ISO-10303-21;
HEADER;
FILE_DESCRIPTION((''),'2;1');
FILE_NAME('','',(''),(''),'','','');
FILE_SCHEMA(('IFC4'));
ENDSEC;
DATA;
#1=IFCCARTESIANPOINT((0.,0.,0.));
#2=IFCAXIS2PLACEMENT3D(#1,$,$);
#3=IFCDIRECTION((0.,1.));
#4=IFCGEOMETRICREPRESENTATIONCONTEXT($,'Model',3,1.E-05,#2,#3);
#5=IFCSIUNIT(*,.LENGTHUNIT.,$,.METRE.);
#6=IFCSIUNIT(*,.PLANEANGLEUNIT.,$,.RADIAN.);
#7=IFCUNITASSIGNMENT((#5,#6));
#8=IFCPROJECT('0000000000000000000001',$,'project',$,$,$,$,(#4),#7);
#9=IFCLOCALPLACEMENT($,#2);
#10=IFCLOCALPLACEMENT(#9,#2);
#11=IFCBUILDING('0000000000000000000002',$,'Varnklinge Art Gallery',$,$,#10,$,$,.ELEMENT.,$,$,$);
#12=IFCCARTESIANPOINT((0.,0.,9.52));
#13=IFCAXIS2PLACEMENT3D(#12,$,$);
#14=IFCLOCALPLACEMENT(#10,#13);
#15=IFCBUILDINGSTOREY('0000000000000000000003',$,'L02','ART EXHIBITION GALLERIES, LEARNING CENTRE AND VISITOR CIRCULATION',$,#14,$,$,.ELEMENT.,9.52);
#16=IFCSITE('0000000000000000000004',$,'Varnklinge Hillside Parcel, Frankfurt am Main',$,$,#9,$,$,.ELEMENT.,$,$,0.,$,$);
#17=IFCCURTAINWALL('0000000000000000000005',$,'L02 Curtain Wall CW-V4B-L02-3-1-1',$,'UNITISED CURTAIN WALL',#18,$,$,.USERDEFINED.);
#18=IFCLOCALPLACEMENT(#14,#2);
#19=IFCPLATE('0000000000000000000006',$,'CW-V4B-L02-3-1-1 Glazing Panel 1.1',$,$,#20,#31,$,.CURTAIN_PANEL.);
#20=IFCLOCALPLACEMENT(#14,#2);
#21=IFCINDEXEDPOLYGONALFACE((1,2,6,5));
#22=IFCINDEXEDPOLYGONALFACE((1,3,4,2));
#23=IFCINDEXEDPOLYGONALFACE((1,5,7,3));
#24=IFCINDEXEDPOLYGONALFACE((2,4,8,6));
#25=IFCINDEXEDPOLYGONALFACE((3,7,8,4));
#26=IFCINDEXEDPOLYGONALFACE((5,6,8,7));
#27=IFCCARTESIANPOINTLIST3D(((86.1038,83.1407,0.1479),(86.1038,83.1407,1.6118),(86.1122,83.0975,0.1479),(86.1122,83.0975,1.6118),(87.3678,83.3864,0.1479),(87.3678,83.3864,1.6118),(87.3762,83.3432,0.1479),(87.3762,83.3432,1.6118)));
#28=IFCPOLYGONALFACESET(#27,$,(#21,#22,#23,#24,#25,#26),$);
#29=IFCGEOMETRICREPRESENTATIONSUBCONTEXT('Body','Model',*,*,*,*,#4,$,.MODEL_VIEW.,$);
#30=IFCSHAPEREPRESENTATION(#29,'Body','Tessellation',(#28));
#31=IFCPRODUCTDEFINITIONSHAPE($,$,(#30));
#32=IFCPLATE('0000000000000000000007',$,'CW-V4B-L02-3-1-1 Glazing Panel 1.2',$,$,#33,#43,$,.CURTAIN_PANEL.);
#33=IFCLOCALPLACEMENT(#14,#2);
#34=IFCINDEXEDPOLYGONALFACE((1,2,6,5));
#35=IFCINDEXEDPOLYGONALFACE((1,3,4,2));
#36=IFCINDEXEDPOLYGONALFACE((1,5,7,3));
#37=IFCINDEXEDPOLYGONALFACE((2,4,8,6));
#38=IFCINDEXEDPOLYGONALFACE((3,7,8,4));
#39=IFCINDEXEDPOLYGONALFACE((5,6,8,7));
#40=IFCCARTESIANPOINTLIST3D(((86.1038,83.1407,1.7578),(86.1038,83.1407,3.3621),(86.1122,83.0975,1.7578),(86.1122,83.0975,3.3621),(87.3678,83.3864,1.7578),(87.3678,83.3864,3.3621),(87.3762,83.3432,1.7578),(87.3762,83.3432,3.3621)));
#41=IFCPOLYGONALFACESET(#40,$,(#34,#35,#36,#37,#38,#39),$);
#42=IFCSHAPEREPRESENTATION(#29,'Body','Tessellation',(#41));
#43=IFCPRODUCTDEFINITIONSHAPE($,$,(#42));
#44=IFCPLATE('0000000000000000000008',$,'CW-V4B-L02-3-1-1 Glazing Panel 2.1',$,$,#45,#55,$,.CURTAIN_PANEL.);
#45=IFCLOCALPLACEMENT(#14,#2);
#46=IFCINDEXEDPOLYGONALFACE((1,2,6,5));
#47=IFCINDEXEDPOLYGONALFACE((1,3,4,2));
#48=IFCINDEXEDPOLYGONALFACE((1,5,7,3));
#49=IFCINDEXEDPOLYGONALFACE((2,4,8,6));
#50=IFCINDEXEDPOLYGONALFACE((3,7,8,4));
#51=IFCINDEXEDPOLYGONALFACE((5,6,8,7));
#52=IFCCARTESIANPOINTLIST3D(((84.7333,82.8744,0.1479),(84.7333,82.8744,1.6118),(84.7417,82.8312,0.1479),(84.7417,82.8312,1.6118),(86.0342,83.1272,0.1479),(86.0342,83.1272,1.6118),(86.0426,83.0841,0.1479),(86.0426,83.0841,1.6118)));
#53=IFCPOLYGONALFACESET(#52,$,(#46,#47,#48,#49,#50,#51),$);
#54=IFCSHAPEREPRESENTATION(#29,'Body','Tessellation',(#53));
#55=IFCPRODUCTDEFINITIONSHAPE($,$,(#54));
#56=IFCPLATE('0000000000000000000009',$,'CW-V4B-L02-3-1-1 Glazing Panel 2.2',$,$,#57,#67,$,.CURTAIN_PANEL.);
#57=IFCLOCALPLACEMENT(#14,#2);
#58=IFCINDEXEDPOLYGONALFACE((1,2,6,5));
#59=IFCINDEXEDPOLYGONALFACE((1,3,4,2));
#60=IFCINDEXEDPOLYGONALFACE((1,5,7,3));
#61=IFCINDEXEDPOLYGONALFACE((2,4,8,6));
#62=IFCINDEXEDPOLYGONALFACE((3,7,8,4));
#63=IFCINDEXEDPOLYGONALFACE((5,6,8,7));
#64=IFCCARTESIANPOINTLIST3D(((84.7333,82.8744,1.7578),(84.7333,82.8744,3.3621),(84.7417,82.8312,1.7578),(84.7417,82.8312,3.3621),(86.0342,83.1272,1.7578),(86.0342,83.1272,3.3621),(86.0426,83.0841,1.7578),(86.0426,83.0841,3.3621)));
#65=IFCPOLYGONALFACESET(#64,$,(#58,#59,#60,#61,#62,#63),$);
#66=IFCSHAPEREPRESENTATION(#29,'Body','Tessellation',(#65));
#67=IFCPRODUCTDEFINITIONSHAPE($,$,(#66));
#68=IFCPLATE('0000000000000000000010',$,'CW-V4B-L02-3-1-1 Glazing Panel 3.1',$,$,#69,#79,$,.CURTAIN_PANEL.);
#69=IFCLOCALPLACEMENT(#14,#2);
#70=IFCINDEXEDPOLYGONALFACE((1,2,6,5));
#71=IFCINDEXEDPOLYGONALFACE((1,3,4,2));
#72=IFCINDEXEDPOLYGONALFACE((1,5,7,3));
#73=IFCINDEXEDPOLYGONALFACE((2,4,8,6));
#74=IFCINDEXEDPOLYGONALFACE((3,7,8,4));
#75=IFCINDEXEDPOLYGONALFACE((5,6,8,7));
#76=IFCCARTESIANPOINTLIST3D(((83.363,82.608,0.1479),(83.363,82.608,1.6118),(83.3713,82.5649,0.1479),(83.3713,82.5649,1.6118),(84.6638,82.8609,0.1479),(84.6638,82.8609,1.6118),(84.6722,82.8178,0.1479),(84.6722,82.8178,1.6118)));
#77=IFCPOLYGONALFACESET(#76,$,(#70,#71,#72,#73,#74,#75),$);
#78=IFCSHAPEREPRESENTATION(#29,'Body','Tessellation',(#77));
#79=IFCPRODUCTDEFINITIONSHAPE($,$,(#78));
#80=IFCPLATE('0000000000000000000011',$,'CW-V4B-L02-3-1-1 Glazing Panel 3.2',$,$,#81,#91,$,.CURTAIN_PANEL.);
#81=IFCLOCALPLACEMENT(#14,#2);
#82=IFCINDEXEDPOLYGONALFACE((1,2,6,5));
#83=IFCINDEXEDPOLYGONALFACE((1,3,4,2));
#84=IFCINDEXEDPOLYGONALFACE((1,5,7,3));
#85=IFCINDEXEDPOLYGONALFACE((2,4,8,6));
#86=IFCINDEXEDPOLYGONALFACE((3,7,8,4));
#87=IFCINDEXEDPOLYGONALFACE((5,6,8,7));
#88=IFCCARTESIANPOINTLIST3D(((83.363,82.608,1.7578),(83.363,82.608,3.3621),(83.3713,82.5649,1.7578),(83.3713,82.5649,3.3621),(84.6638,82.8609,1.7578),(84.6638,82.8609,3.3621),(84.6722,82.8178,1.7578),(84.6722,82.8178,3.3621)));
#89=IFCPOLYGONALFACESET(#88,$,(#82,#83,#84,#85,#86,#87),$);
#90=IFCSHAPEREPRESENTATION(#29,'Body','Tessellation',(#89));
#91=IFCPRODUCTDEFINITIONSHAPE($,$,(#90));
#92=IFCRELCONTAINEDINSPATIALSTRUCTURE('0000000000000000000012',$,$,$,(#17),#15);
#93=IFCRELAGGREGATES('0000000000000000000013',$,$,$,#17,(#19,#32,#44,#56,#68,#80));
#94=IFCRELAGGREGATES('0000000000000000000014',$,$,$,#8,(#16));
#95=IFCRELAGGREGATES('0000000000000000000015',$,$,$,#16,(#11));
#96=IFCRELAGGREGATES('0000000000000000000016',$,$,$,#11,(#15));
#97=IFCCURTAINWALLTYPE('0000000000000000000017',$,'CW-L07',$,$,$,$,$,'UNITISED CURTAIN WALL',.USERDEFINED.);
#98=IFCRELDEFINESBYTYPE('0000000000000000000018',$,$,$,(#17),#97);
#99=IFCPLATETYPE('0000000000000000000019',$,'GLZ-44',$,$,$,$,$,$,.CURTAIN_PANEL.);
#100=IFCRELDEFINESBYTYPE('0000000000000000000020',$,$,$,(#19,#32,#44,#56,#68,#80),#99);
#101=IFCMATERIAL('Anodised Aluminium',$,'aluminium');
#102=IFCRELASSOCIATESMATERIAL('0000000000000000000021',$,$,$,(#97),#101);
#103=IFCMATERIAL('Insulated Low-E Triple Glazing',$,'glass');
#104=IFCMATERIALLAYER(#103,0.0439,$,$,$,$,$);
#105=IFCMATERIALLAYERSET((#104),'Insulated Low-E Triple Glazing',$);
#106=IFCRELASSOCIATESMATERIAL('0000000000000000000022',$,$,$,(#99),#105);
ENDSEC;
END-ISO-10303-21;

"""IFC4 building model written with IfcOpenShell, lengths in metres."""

from ifc_helpers import new_model, si_unit, direction, frame, origin, origin_2d, place, context, subcontext, project, spatial, rectangle, extrude, material, layer, layer_set, type_object, element, aggregate, save


model = new_model("IFC4")

# Units and contexts
model_context = context("Model", 3, precision=1e-05, world=origin(), true_north=direction((0.0, 1.0)))
body_context = subcontext(model_context, "Body", "Model", "MODEL_VIEW")
ifc_project = project(units=[si_unit("LENGTHUNIT", "METRE"), si_unit("PLANEANGLEUNIT", "RADIAN")], contexts=[model_context])

# Site, building, storey
site_placement = place(None, origin())
site = spatial("IfcSite", under=ifc_project, at=site_placement, Name="Varnklinge Hillside Parcel, Frankfurt am Main", CompositionType="ELEMENT", RefElevation=0.0)
building_placement = place(site_placement, origin())
building = spatial("IfcBuilding", under=site, at=building_placement, Name="Varnklinge Art Gallery", CompositionType="ELEMENT")
storey_placement = place(building_placement, frame((0.0, 0.0, 9.52)))
storey = spatial("IfcBuildingStorey", under=building, at=storey_placement, Name="L02", Description="ART EXHIBITION GALLERIES, LEARNING CENTRE AND VISITOR CIRCULATION", CompositionType="ELEMENT", Elevation=9.52)

# Shared definitions
ifc_material_1 = material(Name="Anodised Aluminium", Category="aluminium")
curtain_wall_type = type_object("IfcCurtainWallType", Name="CW-L07", ElementType="UNITISED CURTAIN WALL", PredefinedType="USERDEFINED", material=ifc_material_1)

# Curtain wall
curtain_wall_1_placement = place(storey_placement, origin())
curtain_wall_1 = element("IfcCurtainWall", 1, at=curtain_wall_1_placement, inside=storey, type_object=curtain_wall_type, Name="L02 Curtain Wall CW-V4B-L02-3-1-1", ObjectType="UNITISED CURTAIN WALL", PredefinedType="USERDEFINED")

# Plates
ifc_material_2 = material(Name="Insulated Low-E Triple Glazing", Category="glass")
ifc_layer_1 = layer(ifc_material_2, 0.0439)
ifc_layer_set_1 = layer_set([ifc_layer_1], Name="Insulated Low-E Triple Glazing")
plate_type = type_object("IfcPlateType", Name="GLZ-44", PredefinedType="CURTAIN_PANEL", material=ifc_layer_set_1)
plate_1_placement = place(storey_placement, frame((86.74, 83.2419, 0.1479), z_axis=(0.0, 0.0, 1.0), x_axis=(-0.981627, -0.190809, 0.0)))
plate_1 = element("IfcPlate", 2, at=plate_1_placement, type_object=plate_type, Name="CW-V4B-L02-3-1-1 Glazing Panel 1.1", PredefinedType="CURTAIN_PANEL", context=body_context, shape_type="SweptSolid", body=[
    extrude(rectangle(XDim=1.2876, YDim=0.0439, at=origin_2d()), origin(), (0.0, 0.0, 1.0), 1.4639),
])
plate_2_placement = place(storey_placement, frame((86.74, 83.2419, 1.7578), z_axis=(0.0, 0.0, 1.0), x_axis=(-0.981627, -0.190809, 0.0)))
plate_2 = element("IfcPlate", 3, at=plate_2_placement, type_object=plate_type, Name="CW-V4B-L02-3-1-1 Glazing Panel 1.2", PredefinedType="CURTAIN_PANEL", context=body_context, shape_type="SweptSolid", body=[
    extrude(rectangle(XDim=1.2876, YDim=0.0439, at=origin_2d()), origin(), (0.0, 0.0, 1.0), 1.6042),
])
plate_3_placement = place(storey_placement, frame((85.3879, 82.9792, 0.1479), z_axis=(0.0, 0.0, 1.0), x_axis=(-0.981627, -0.190809, 0.0)))
plate_3 = element("IfcPlate", 4, at=plate_3_placement, type_object=plate_type, Name="CW-V4B-L02-3-1-1 Glazing Panel 2.1", PredefinedType="CURTAIN_PANEL", context=body_context, shape_type="SweptSolid", body=[
    extrude(rectangle(XDim=1.3252, YDim=0.0439, at=origin_2d()), origin(), (0.0, 0.0, 1.0), 1.4639),
])
plate_4_placement = place(storey_placement, frame((85.3879, 82.9792, 1.7578), z_axis=(0.0, 0.0, 1.0), x_axis=(-0.981627, -0.190809, 0.0)))
plate_4 = element("IfcPlate", 5, at=plate_4_placement, type_object=plate_type, Name="CW-V4B-L02-3-1-1 Glazing Panel 2.2", PredefinedType="CURTAIN_PANEL", context=body_context, shape_type="SweptSolid", body=[
    extrude(rectangle(XDim=1.3252, YDim=0.0439, at=origin_2d()), origin(), (0.0, 0.0, 1.0), 1.6042),
])
plate_5_placement = place(storey_placement, frame((84.0176, 82.7129, 0.1479), z_axis=(0.0, 0.0, 1.0), x_axis=(-0.981627, -0.190809, 0.0)))
plate_5 = element("IfcPlate", 6, at=plate_5_placement, type_object=plate_type, Name="CW-V4B-L02-3-1-1 Glazing Panel 3.1", PredefinedType="CURTAIN_PANEL", context=body_context, shape_type="SweptSolid", body=[
    extrude(rectangle(XDim=1.3252, YDim=0.0439, at=origin_2d()), origin(), (0.0, 0.0, 1.0), 1.4639),
])
plate_6_placement = place(storey_placement, frame((84.0176, 82.7129, 1.7578), z_axis=(0.0, 0.0, 1.0), x_axis=(-0.981627, -0.190809, 0.0)))
plate_6 = element("IfcPlate", 7, at=plate_6_placement, type_object=plate_type, Name="CW-V4B-L02-3-1-1 Glazing Panel 3.2", PredefinedType="CURTAIN_PANEL", context=body_context, shape_type="SweptSolid", body=[
    extrude(rectangle(XDim=1.3252, YDim=0.0439, at=origin_2d()), origin(), (0.0, 0.0, 1.0), 1.6042),
])
aggregate(curtain_wall_1, [plate_1, plate_2, plate_3, plate_4, plate_5, plate_6])

save(model, "model.ifc")
